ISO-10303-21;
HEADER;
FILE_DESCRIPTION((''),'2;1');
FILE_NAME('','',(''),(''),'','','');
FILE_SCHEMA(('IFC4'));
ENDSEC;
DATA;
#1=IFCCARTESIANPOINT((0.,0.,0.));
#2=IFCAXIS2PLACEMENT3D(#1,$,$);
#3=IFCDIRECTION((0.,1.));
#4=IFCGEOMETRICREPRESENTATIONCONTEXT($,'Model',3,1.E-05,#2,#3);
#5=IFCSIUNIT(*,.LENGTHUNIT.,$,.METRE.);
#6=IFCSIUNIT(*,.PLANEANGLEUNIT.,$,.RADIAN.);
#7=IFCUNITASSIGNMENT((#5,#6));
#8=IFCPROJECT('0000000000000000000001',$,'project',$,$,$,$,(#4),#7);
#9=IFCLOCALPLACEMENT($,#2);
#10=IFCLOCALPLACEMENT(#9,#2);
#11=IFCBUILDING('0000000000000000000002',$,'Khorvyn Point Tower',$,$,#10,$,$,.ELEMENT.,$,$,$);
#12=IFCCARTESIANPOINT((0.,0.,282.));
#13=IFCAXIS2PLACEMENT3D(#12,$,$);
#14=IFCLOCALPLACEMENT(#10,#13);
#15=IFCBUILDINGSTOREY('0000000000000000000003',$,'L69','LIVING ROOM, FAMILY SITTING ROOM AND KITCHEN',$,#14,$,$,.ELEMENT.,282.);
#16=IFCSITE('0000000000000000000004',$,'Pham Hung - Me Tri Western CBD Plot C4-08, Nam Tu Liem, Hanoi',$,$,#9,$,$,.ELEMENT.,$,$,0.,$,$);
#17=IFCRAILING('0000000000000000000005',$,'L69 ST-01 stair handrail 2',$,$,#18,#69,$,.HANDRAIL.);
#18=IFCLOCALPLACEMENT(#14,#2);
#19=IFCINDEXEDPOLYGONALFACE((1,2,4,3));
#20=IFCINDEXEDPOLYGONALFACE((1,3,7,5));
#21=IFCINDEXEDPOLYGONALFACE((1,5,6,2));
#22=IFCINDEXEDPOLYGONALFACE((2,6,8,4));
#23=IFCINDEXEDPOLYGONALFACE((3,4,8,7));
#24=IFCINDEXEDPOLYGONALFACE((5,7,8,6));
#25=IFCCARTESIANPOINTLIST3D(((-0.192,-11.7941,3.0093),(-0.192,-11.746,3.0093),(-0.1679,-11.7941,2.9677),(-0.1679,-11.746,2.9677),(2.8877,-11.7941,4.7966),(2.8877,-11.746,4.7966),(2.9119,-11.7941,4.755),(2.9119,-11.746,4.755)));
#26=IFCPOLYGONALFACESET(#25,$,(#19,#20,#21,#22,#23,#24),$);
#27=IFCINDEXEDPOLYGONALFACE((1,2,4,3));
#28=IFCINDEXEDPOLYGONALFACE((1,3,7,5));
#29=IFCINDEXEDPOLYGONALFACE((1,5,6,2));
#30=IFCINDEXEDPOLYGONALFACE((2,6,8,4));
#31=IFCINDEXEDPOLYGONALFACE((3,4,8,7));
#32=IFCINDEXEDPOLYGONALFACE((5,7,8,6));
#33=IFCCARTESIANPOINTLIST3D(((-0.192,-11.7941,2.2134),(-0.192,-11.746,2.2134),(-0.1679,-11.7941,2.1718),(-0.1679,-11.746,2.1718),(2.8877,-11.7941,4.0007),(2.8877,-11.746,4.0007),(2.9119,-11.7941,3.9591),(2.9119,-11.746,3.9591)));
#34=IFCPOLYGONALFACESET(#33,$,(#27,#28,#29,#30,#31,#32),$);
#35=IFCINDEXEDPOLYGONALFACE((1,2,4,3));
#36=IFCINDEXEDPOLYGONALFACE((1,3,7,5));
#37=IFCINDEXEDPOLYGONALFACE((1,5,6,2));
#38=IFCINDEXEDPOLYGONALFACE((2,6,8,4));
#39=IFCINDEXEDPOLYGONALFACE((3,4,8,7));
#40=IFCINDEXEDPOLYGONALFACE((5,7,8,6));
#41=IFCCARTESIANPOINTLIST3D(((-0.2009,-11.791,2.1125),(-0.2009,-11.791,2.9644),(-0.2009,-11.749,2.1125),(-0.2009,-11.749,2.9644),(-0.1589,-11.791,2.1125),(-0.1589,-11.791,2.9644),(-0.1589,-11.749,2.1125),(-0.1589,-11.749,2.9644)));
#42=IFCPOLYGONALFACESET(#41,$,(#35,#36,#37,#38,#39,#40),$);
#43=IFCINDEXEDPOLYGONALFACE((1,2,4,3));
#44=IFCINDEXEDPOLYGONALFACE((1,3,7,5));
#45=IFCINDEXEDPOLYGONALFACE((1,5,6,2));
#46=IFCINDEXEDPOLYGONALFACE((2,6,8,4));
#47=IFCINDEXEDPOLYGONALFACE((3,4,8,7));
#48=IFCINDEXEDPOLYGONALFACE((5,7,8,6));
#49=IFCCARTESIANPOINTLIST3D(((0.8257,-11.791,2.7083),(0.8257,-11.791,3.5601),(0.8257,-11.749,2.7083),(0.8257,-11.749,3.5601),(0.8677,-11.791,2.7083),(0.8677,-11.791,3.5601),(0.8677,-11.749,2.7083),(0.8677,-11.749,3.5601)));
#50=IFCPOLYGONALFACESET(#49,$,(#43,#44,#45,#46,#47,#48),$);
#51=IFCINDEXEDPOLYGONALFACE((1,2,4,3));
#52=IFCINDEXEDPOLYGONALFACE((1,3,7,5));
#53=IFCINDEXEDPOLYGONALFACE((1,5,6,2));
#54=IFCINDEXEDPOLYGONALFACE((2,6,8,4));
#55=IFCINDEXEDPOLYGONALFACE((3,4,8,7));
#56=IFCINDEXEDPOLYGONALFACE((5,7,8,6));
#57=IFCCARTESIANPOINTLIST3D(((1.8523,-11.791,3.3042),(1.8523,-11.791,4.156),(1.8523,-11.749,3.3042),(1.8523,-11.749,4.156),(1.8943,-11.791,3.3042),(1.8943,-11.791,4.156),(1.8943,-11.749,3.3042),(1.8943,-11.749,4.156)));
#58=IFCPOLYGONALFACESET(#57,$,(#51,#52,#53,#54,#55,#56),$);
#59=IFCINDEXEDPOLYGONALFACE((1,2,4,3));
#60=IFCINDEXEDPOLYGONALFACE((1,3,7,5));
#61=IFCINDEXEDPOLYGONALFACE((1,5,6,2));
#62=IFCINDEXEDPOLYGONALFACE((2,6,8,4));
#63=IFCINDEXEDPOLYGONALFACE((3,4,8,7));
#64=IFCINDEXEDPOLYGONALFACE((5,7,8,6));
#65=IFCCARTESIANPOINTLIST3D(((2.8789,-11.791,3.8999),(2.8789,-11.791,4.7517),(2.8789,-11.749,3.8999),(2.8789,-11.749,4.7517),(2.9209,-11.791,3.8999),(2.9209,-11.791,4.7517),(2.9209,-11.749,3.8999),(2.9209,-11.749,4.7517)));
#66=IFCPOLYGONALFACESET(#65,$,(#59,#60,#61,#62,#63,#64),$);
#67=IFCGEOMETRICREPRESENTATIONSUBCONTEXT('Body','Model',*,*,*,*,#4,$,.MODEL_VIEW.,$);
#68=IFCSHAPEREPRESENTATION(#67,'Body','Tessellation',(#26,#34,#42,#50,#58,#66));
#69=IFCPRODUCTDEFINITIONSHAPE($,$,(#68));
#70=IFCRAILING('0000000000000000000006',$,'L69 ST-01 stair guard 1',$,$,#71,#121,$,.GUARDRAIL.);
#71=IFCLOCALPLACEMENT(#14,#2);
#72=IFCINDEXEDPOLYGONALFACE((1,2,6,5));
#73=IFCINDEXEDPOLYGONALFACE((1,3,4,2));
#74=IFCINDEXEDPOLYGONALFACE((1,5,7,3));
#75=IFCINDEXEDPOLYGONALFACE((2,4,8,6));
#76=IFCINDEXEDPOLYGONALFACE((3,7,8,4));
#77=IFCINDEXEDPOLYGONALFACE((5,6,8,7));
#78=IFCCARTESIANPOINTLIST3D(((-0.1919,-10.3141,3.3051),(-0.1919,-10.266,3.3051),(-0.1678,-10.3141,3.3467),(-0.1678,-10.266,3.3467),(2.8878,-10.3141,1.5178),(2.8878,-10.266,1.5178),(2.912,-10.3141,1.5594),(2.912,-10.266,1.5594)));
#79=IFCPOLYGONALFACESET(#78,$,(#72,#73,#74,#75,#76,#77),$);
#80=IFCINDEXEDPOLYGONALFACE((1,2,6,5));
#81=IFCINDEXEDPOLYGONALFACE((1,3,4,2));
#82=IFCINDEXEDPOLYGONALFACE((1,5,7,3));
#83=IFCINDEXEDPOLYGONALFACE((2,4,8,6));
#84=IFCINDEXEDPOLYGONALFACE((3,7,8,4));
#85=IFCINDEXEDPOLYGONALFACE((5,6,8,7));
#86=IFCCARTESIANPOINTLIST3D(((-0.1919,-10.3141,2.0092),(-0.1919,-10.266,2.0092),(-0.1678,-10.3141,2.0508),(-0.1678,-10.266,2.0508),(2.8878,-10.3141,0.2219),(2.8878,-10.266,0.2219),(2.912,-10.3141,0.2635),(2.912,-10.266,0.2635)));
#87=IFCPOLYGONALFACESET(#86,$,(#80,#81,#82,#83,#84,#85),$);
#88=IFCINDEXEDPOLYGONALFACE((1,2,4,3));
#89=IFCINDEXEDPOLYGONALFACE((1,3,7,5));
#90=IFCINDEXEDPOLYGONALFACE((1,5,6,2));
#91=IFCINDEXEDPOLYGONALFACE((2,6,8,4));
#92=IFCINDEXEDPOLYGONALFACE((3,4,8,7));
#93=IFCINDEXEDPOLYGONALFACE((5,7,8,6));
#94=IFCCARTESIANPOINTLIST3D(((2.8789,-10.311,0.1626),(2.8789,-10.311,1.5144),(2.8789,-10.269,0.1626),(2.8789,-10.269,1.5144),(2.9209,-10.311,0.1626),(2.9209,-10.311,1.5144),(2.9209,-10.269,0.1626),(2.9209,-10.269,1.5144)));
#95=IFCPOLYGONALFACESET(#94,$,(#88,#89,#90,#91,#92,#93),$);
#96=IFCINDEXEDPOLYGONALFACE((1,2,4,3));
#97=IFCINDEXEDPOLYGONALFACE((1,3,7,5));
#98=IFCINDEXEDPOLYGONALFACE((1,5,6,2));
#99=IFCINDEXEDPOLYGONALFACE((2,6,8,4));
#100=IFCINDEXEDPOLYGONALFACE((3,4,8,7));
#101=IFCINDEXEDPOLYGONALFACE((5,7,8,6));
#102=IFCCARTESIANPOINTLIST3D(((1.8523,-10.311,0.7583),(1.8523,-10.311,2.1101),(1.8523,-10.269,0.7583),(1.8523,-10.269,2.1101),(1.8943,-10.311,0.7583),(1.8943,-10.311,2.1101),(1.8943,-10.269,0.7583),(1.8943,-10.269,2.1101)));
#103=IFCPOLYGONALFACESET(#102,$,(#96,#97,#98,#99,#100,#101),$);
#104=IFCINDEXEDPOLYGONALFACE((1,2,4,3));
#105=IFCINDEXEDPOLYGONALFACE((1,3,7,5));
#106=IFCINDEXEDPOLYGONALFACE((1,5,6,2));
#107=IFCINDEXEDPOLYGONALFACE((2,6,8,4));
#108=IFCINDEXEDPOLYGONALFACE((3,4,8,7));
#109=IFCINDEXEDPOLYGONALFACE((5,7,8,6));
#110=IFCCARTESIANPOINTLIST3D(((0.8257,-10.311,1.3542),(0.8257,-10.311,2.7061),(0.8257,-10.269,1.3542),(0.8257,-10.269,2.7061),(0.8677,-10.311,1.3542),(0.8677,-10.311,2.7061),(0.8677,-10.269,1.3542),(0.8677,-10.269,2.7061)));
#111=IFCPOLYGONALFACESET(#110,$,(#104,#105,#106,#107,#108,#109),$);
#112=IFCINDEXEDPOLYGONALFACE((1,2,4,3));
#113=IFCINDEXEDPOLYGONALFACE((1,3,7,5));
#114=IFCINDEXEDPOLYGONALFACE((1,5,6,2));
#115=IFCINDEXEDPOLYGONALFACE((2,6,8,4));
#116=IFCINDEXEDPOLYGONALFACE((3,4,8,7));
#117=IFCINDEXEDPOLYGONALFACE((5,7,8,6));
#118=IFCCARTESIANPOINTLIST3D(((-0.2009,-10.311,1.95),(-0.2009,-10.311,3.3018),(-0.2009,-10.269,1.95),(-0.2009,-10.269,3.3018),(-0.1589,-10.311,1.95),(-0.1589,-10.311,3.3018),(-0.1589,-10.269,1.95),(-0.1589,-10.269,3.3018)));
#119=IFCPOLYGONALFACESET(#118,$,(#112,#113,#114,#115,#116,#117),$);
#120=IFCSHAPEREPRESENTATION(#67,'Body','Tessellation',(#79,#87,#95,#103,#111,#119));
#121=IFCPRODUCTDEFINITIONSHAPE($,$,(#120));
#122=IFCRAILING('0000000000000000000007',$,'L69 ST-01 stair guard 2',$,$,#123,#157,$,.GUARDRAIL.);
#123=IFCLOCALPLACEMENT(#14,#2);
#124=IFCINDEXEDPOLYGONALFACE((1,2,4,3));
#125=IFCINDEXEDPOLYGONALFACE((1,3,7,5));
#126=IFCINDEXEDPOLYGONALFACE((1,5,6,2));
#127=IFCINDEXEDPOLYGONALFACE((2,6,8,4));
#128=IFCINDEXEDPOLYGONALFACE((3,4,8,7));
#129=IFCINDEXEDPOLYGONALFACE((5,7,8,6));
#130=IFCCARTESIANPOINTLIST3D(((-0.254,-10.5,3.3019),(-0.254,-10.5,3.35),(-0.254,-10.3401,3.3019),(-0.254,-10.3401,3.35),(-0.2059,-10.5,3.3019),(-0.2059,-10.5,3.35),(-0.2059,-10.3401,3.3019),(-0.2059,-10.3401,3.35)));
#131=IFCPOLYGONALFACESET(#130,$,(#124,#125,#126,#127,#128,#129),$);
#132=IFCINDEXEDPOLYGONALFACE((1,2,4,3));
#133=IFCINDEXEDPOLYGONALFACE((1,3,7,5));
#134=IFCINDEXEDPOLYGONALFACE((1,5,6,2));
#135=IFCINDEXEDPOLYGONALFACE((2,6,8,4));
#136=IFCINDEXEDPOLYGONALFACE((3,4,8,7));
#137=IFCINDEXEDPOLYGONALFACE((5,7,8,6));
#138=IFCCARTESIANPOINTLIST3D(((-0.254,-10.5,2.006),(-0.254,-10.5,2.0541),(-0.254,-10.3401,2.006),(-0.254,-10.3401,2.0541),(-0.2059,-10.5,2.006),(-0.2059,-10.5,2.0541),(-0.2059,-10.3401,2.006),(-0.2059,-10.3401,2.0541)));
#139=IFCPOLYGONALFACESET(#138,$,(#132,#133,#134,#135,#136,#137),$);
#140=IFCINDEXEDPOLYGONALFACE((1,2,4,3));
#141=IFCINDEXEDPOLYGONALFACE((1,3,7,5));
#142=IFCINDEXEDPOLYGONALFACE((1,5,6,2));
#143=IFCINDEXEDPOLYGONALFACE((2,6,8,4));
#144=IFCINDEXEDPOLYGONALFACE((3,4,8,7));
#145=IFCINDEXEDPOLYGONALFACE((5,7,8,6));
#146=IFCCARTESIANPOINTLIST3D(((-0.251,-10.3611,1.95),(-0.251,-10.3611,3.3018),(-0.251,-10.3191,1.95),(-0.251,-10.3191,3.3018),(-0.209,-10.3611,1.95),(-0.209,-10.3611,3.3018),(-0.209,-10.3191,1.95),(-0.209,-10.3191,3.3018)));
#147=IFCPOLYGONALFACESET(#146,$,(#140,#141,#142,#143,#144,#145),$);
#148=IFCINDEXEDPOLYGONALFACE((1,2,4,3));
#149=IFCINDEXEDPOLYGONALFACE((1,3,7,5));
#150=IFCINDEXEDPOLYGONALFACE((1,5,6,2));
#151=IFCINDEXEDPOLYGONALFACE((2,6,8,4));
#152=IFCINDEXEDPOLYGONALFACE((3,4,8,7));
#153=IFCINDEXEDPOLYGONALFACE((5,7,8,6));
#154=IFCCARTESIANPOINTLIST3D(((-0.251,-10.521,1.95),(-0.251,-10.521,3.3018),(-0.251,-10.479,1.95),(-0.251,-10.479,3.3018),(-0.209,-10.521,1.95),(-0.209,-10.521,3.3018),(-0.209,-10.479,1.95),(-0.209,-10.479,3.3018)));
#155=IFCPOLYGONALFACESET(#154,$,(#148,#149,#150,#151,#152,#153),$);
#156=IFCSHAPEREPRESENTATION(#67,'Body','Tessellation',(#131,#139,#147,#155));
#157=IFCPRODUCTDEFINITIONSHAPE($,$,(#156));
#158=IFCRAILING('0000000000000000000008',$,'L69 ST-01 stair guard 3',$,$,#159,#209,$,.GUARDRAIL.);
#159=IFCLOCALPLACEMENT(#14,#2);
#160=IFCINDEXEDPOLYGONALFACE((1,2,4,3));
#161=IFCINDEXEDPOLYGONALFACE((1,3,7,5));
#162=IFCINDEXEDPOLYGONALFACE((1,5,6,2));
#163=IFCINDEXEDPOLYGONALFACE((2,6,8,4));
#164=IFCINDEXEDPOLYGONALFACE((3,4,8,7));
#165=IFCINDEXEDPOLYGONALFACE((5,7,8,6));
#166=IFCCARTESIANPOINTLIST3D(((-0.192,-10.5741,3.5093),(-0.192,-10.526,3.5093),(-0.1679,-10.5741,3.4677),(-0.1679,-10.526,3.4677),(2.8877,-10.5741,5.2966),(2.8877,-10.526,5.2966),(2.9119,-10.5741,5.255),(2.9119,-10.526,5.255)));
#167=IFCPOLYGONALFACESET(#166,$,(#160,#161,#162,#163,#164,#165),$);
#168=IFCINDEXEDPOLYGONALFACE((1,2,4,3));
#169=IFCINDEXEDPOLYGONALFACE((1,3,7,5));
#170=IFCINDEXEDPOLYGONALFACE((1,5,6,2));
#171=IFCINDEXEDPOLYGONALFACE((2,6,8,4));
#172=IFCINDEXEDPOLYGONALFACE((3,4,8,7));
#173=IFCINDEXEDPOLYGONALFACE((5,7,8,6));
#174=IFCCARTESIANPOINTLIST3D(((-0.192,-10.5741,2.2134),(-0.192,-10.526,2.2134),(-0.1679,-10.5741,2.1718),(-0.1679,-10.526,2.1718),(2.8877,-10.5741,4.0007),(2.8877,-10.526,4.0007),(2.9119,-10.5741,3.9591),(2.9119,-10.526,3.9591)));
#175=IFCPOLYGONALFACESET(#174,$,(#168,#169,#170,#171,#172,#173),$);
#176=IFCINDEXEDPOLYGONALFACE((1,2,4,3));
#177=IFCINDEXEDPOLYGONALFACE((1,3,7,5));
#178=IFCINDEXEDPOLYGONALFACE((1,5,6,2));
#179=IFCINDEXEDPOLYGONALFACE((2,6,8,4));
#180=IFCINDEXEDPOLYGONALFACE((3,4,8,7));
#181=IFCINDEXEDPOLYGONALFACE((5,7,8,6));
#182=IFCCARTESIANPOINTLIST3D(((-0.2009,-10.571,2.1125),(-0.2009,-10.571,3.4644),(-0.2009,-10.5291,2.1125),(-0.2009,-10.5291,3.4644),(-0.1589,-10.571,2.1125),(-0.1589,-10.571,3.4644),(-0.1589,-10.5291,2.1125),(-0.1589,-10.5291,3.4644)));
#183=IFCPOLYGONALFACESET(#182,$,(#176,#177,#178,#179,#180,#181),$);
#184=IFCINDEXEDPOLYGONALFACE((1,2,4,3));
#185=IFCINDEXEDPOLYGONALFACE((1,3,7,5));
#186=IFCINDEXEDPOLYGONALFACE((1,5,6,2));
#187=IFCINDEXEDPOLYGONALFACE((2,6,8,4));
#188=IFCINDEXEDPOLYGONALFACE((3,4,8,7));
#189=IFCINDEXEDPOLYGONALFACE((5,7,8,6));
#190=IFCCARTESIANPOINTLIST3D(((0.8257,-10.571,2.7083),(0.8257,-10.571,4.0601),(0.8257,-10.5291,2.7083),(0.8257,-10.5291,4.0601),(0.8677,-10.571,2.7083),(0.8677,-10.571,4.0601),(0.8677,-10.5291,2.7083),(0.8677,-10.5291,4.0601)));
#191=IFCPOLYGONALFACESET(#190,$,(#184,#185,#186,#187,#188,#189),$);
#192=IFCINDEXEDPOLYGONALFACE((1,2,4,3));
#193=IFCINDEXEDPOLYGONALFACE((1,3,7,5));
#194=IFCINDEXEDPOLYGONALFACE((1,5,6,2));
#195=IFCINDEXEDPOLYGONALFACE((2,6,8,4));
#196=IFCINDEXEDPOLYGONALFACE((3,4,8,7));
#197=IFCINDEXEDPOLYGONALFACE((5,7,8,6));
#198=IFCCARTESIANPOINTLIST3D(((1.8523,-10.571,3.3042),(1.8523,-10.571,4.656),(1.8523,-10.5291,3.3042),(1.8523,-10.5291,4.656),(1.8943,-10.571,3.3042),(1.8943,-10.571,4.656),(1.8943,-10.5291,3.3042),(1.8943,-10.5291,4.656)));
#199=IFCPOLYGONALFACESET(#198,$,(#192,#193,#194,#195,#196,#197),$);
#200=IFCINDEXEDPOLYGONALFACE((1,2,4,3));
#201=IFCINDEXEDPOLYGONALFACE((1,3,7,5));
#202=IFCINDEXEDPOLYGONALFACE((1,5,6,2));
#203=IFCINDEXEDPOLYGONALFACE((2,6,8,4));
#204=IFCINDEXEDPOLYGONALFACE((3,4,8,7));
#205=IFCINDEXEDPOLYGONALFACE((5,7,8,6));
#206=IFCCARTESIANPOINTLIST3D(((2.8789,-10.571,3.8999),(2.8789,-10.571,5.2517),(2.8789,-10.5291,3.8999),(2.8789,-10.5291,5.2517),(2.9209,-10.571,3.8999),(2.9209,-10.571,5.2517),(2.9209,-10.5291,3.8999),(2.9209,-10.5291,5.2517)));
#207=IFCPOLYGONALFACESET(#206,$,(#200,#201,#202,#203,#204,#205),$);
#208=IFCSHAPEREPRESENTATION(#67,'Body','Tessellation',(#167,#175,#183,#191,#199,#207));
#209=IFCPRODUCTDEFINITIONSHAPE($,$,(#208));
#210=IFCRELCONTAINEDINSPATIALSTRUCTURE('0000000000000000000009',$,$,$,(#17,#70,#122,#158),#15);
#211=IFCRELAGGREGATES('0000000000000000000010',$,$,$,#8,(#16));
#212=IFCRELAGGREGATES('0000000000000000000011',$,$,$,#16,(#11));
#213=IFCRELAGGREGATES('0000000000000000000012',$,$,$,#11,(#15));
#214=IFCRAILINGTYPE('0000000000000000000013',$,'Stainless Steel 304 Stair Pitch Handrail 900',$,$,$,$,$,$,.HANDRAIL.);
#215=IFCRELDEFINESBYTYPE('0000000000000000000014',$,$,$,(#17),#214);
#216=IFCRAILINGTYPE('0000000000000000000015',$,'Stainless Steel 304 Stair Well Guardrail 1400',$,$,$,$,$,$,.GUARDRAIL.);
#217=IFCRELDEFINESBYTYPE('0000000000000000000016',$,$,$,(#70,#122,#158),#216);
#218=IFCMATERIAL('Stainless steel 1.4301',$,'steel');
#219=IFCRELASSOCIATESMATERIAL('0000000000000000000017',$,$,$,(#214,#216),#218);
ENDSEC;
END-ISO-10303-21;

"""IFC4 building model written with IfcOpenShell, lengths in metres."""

from ifc_helpers import new_model, si_unit, direction, frame, origin, origin_2d, place, context, subcontext, project, spatial, rectangle, extrude, material, type_object, element, save


model = new_model("IFC4")

# Units and contexts
model_context = context("Model", 3, precision=1e-05, world=origin(), true_north=direction((0.0, 1.0)))
body_context = subcontext(model_context, "Body", "Model", "MODEL_VIEW")
ifc_project = project(units=[si_unit("LENGTHUNIT", "METRE"), si_unit("PLANEANGLEUNIT", "RADIAN")], contexts=[model_context])

# Site, building, storey
site_placement = place(None, origin())
site = spatial("IfcSite", under=ifc_project, at=site_placement, Name="Pham Hung - Me Tri Western CBD Plot C4-08, Nam Tu Liem, Hanoi", CompositionType="ELEMENT", RefElevation=0.0)
building_placement = place(site_placement, origin())
building = spatial("IfcBuilding", under=site, at=building_placement, Name="Khorvyn Point Tower", CompositionType="ELEMENT")
storey_placement = place(building_placement, frame((0.0, 0.0, 282.0)))
storey = spatial("IfcBuildingStorey", under=building, at=storey_placement, Name="L69", Description="LIVING ROOM, FAMILY SITTING ROOM AND KITCHEN", CompositionType="ELEMENT", Elevation=282.0)

# Shared definitions
ifc_material_1 = material(Name="Stainless steel 1.4301", Category="steel")

# Railings
railing_type_1 = type_object("IfcRailingType", Name="Stainless Steel 304 Stair Pitch Handrail 900", PredefinedType="HANDRAIL", material=ifc_material_1)
railing_1_placement = place(storey_placement, frame((-0.1799, -11.77, 2.1125)))
element("IfcRailing", 1, at=railing_1_placement, inside=storey, type_object=railing_type_1, Name="L69 ST-01 stair handrail 2", PredefinedType="HANDRAIL", context=body_context, shape_type="SweptSolid", body=[
    extrude(rectangle(XDim=0.0481, YDim=0.0481, at=origin_2d()), frame((0.0, 0.0, 0.876), z_axis=(0.864903, 0.0, 0.501939), x_axis=(0.0, 1.0, 0.0)), (0.0, 0.0, 1.0), 3.5608),
    extrude(rectangle(XDim=0.0481, YDim=0.0481, at=origin_2d()), frame((0.0, 0.0, 0.0801), z_axis=(0.864903, 0.0, 0.501939), x_axis=(0.0, 1.0, 0.0)), (0.0, 0.0, 1.0), 3.5608),
    extrude(rectangle(XDim=0.042, YDim=0.042, at=origin_2d()), origin(), (0.0, 0.0, 1.0), 0.8518),
    extrude(rectangle(XDim=0.042, YDim=0.042, at=origin_2d()), frame((1.0266, 0.0, 0.5957)), (0.0, 0.0, 1.0), 0.8518),
    extrude(rectangle(XDim=0.042, YDim=0.042, at=origin_2d()), frame((2.0532, 0.0, 1.1917)), (0.0, 0.0, 1.0), 0.8518),
    extrude(rectangle(XDim=0.042, YDim=0.042, at=origin_2d()), frame((3.0798, 0.0, 1.7874)), (0.0, 0.0, 1.0), 0.8518),
])
railing_type_2 = type_object("IfcRailingType", Name="Stainless Steel 304 Stair Well Guardrail 1400", PredefinedType="GUARDRAIL", material=ifc_material_1)
railing_2_placement = place(storey_placement, frame((2.8999, -10.29, 0.1626)))
element("IfcRailing", 2, at=railing_2_placement, inside=storey, type_object=railing_type_2, Name="L69 ST-01 stair guard 1", PredefinedType="GUARDRAIL", context=body_context, shape_type="SweptSolid", body=[
    extrude(rectangle(XDim=0.0481, YDim=0.0481, at=origin_2d()), frame((0.0, 0.0, 1.376), z_axis=(-0.864903, 0.0, 0.501939), x_axis=(0.0, -1.0, 0.0)), (0.0, 0.0, 1.0), 3.5608),
    extrude(rectangle(XDim=0.0481, YDim=0.0481, at=origin_2d()), frame((0.0, 0.0, 0.0801), z_axis=(-0.864903, 0.0, 0.501939), x_axis=(0.0, -1.0, 0.0)), (0.0, 0.0, 1.0), 3.5608),
    extrude(rectangle(XDim=0.042, YDim=0.042, at=origin_2d()), origin(), (0.0, 0.0, 1.0), 1.3518),
    extrude(rectangle(XDim=0.042, YDim=0.042, at=origin_2d()), frame((-1.0266, 0.0, 0.5957)), (0.0, 0.0, 1.0), 1.3518),
    extrude(rectangle(XDim=0.042, YDim=0.042, at=origin_2d()), frame((-2.0532, 0.0, 1.1917)), (0.0, 0.0, 1.0), 1.3518),
    extrude(rectangle(XDim=0.042, YDim=0.042, at=origin_2d()), frame((-3.0798, 0.0, 1.7874)), (0.0, 0.0, 1.0), 1.3518),
])
railing_3_placement = place(storey_placement, frame((-0.23, -10.3401, 1.95)))
element("IfcRailing", 3, at=railing_3_placement, inside=storey, type_object=railing_type_2, Name="L69 ST-01 stair guard 2", PredefinedType="GUARDRAIL", context=body_context, shape_type="SweptSolid", body=[
    extrude(rectangle(XDim=0.0481, YDim=0.0481, at=origin_2d()), frame((0.0, 0.0, 1.376), z_axis=(0.0, -1.0, 0.0), x_axis=(1.0, 0.0, 0.0)), (0.0, 0.0, 1.0), 0.1599),
    extrude(rectangle(XDim=0.0481, YDim=0.0481, at=origin_2d()), frame((0.0, 0.0, 0.0801), z_axis=(0.0, -1.0, 0.0), x_axis=(1.0, 0.0, 0.0)), (0.0, 0.0, 1.0), 0.1599),
    extrude(rectangle(XDim=0.042, YDim=0.042, at=origin_2d()), origin(), (0.0, 0.0, 1.0), 1.3518),
    extrude(rectangle(XDim=0.042, YDim=0.042, at=origin_2d()), frame((0.0, -0.1599, 0.0)), (0.0, 0.0, 1.0), 1.3518),
])
railing_4_placement = place(storey_placement, frame((-0.1799, -10.55, 2.1125)))
element("IfcRailing", 4, at=railing_4_placement, inside=storey, type_object=railing_type_2, Name="L69 ST-01 stair guard 3", PredefinedType="GUARDRAIL", context=body_context, shape_type="SweptSolid", body=[
    extrude(rectangle(XDim=0.0481, YDim=0.0481, at=origin_2d()), frame((0.0, 0.0, 1.376), z_axis=(0.864903, 0.0, 0.501939), x_axis=(0.0, 1.0, 0.0)), (0.0, 0.0, 1.0), 3.5608),
    extrude(rectangle(XDim=0.0481, YDim=0.0481, at=origin_2d()), frame((0.0, 0.0, 0.0801), z_axis=(0.864903, 0.0, 0.501939), x_axis=(0.0, 1.0, 0.0)), (0.0, 0.0, 1.0), 3.5608),
    extrude(rectangle(XDim=0.042, YDim=0.042, at=origin_2d()), origin(), (0.0, 0.0, 1.0), 1.3518),
    extrude(rectangle(XDim=0.042, YDim=0.042, at=origin_2d()), frame((1.0266, 0.0, 0.5957)), (0.0, 0.0, 1.0), 1.3518),
    extrude(rectangle(XDim=0.042, YDim=0.042, at=origin_2d()), frame((2.0532, 0.0, 1.1917)), (0.0, 0.0, 1.0), 1.3518),
    extrude(rectangle(XDim=0.042, YDim=0.042, at=origin_2d()), frame((3.0798, 0.0, 1.7874)), (0.0, 0.0, 1.0), 1.3518),
])

save(model, "model.ifc")
